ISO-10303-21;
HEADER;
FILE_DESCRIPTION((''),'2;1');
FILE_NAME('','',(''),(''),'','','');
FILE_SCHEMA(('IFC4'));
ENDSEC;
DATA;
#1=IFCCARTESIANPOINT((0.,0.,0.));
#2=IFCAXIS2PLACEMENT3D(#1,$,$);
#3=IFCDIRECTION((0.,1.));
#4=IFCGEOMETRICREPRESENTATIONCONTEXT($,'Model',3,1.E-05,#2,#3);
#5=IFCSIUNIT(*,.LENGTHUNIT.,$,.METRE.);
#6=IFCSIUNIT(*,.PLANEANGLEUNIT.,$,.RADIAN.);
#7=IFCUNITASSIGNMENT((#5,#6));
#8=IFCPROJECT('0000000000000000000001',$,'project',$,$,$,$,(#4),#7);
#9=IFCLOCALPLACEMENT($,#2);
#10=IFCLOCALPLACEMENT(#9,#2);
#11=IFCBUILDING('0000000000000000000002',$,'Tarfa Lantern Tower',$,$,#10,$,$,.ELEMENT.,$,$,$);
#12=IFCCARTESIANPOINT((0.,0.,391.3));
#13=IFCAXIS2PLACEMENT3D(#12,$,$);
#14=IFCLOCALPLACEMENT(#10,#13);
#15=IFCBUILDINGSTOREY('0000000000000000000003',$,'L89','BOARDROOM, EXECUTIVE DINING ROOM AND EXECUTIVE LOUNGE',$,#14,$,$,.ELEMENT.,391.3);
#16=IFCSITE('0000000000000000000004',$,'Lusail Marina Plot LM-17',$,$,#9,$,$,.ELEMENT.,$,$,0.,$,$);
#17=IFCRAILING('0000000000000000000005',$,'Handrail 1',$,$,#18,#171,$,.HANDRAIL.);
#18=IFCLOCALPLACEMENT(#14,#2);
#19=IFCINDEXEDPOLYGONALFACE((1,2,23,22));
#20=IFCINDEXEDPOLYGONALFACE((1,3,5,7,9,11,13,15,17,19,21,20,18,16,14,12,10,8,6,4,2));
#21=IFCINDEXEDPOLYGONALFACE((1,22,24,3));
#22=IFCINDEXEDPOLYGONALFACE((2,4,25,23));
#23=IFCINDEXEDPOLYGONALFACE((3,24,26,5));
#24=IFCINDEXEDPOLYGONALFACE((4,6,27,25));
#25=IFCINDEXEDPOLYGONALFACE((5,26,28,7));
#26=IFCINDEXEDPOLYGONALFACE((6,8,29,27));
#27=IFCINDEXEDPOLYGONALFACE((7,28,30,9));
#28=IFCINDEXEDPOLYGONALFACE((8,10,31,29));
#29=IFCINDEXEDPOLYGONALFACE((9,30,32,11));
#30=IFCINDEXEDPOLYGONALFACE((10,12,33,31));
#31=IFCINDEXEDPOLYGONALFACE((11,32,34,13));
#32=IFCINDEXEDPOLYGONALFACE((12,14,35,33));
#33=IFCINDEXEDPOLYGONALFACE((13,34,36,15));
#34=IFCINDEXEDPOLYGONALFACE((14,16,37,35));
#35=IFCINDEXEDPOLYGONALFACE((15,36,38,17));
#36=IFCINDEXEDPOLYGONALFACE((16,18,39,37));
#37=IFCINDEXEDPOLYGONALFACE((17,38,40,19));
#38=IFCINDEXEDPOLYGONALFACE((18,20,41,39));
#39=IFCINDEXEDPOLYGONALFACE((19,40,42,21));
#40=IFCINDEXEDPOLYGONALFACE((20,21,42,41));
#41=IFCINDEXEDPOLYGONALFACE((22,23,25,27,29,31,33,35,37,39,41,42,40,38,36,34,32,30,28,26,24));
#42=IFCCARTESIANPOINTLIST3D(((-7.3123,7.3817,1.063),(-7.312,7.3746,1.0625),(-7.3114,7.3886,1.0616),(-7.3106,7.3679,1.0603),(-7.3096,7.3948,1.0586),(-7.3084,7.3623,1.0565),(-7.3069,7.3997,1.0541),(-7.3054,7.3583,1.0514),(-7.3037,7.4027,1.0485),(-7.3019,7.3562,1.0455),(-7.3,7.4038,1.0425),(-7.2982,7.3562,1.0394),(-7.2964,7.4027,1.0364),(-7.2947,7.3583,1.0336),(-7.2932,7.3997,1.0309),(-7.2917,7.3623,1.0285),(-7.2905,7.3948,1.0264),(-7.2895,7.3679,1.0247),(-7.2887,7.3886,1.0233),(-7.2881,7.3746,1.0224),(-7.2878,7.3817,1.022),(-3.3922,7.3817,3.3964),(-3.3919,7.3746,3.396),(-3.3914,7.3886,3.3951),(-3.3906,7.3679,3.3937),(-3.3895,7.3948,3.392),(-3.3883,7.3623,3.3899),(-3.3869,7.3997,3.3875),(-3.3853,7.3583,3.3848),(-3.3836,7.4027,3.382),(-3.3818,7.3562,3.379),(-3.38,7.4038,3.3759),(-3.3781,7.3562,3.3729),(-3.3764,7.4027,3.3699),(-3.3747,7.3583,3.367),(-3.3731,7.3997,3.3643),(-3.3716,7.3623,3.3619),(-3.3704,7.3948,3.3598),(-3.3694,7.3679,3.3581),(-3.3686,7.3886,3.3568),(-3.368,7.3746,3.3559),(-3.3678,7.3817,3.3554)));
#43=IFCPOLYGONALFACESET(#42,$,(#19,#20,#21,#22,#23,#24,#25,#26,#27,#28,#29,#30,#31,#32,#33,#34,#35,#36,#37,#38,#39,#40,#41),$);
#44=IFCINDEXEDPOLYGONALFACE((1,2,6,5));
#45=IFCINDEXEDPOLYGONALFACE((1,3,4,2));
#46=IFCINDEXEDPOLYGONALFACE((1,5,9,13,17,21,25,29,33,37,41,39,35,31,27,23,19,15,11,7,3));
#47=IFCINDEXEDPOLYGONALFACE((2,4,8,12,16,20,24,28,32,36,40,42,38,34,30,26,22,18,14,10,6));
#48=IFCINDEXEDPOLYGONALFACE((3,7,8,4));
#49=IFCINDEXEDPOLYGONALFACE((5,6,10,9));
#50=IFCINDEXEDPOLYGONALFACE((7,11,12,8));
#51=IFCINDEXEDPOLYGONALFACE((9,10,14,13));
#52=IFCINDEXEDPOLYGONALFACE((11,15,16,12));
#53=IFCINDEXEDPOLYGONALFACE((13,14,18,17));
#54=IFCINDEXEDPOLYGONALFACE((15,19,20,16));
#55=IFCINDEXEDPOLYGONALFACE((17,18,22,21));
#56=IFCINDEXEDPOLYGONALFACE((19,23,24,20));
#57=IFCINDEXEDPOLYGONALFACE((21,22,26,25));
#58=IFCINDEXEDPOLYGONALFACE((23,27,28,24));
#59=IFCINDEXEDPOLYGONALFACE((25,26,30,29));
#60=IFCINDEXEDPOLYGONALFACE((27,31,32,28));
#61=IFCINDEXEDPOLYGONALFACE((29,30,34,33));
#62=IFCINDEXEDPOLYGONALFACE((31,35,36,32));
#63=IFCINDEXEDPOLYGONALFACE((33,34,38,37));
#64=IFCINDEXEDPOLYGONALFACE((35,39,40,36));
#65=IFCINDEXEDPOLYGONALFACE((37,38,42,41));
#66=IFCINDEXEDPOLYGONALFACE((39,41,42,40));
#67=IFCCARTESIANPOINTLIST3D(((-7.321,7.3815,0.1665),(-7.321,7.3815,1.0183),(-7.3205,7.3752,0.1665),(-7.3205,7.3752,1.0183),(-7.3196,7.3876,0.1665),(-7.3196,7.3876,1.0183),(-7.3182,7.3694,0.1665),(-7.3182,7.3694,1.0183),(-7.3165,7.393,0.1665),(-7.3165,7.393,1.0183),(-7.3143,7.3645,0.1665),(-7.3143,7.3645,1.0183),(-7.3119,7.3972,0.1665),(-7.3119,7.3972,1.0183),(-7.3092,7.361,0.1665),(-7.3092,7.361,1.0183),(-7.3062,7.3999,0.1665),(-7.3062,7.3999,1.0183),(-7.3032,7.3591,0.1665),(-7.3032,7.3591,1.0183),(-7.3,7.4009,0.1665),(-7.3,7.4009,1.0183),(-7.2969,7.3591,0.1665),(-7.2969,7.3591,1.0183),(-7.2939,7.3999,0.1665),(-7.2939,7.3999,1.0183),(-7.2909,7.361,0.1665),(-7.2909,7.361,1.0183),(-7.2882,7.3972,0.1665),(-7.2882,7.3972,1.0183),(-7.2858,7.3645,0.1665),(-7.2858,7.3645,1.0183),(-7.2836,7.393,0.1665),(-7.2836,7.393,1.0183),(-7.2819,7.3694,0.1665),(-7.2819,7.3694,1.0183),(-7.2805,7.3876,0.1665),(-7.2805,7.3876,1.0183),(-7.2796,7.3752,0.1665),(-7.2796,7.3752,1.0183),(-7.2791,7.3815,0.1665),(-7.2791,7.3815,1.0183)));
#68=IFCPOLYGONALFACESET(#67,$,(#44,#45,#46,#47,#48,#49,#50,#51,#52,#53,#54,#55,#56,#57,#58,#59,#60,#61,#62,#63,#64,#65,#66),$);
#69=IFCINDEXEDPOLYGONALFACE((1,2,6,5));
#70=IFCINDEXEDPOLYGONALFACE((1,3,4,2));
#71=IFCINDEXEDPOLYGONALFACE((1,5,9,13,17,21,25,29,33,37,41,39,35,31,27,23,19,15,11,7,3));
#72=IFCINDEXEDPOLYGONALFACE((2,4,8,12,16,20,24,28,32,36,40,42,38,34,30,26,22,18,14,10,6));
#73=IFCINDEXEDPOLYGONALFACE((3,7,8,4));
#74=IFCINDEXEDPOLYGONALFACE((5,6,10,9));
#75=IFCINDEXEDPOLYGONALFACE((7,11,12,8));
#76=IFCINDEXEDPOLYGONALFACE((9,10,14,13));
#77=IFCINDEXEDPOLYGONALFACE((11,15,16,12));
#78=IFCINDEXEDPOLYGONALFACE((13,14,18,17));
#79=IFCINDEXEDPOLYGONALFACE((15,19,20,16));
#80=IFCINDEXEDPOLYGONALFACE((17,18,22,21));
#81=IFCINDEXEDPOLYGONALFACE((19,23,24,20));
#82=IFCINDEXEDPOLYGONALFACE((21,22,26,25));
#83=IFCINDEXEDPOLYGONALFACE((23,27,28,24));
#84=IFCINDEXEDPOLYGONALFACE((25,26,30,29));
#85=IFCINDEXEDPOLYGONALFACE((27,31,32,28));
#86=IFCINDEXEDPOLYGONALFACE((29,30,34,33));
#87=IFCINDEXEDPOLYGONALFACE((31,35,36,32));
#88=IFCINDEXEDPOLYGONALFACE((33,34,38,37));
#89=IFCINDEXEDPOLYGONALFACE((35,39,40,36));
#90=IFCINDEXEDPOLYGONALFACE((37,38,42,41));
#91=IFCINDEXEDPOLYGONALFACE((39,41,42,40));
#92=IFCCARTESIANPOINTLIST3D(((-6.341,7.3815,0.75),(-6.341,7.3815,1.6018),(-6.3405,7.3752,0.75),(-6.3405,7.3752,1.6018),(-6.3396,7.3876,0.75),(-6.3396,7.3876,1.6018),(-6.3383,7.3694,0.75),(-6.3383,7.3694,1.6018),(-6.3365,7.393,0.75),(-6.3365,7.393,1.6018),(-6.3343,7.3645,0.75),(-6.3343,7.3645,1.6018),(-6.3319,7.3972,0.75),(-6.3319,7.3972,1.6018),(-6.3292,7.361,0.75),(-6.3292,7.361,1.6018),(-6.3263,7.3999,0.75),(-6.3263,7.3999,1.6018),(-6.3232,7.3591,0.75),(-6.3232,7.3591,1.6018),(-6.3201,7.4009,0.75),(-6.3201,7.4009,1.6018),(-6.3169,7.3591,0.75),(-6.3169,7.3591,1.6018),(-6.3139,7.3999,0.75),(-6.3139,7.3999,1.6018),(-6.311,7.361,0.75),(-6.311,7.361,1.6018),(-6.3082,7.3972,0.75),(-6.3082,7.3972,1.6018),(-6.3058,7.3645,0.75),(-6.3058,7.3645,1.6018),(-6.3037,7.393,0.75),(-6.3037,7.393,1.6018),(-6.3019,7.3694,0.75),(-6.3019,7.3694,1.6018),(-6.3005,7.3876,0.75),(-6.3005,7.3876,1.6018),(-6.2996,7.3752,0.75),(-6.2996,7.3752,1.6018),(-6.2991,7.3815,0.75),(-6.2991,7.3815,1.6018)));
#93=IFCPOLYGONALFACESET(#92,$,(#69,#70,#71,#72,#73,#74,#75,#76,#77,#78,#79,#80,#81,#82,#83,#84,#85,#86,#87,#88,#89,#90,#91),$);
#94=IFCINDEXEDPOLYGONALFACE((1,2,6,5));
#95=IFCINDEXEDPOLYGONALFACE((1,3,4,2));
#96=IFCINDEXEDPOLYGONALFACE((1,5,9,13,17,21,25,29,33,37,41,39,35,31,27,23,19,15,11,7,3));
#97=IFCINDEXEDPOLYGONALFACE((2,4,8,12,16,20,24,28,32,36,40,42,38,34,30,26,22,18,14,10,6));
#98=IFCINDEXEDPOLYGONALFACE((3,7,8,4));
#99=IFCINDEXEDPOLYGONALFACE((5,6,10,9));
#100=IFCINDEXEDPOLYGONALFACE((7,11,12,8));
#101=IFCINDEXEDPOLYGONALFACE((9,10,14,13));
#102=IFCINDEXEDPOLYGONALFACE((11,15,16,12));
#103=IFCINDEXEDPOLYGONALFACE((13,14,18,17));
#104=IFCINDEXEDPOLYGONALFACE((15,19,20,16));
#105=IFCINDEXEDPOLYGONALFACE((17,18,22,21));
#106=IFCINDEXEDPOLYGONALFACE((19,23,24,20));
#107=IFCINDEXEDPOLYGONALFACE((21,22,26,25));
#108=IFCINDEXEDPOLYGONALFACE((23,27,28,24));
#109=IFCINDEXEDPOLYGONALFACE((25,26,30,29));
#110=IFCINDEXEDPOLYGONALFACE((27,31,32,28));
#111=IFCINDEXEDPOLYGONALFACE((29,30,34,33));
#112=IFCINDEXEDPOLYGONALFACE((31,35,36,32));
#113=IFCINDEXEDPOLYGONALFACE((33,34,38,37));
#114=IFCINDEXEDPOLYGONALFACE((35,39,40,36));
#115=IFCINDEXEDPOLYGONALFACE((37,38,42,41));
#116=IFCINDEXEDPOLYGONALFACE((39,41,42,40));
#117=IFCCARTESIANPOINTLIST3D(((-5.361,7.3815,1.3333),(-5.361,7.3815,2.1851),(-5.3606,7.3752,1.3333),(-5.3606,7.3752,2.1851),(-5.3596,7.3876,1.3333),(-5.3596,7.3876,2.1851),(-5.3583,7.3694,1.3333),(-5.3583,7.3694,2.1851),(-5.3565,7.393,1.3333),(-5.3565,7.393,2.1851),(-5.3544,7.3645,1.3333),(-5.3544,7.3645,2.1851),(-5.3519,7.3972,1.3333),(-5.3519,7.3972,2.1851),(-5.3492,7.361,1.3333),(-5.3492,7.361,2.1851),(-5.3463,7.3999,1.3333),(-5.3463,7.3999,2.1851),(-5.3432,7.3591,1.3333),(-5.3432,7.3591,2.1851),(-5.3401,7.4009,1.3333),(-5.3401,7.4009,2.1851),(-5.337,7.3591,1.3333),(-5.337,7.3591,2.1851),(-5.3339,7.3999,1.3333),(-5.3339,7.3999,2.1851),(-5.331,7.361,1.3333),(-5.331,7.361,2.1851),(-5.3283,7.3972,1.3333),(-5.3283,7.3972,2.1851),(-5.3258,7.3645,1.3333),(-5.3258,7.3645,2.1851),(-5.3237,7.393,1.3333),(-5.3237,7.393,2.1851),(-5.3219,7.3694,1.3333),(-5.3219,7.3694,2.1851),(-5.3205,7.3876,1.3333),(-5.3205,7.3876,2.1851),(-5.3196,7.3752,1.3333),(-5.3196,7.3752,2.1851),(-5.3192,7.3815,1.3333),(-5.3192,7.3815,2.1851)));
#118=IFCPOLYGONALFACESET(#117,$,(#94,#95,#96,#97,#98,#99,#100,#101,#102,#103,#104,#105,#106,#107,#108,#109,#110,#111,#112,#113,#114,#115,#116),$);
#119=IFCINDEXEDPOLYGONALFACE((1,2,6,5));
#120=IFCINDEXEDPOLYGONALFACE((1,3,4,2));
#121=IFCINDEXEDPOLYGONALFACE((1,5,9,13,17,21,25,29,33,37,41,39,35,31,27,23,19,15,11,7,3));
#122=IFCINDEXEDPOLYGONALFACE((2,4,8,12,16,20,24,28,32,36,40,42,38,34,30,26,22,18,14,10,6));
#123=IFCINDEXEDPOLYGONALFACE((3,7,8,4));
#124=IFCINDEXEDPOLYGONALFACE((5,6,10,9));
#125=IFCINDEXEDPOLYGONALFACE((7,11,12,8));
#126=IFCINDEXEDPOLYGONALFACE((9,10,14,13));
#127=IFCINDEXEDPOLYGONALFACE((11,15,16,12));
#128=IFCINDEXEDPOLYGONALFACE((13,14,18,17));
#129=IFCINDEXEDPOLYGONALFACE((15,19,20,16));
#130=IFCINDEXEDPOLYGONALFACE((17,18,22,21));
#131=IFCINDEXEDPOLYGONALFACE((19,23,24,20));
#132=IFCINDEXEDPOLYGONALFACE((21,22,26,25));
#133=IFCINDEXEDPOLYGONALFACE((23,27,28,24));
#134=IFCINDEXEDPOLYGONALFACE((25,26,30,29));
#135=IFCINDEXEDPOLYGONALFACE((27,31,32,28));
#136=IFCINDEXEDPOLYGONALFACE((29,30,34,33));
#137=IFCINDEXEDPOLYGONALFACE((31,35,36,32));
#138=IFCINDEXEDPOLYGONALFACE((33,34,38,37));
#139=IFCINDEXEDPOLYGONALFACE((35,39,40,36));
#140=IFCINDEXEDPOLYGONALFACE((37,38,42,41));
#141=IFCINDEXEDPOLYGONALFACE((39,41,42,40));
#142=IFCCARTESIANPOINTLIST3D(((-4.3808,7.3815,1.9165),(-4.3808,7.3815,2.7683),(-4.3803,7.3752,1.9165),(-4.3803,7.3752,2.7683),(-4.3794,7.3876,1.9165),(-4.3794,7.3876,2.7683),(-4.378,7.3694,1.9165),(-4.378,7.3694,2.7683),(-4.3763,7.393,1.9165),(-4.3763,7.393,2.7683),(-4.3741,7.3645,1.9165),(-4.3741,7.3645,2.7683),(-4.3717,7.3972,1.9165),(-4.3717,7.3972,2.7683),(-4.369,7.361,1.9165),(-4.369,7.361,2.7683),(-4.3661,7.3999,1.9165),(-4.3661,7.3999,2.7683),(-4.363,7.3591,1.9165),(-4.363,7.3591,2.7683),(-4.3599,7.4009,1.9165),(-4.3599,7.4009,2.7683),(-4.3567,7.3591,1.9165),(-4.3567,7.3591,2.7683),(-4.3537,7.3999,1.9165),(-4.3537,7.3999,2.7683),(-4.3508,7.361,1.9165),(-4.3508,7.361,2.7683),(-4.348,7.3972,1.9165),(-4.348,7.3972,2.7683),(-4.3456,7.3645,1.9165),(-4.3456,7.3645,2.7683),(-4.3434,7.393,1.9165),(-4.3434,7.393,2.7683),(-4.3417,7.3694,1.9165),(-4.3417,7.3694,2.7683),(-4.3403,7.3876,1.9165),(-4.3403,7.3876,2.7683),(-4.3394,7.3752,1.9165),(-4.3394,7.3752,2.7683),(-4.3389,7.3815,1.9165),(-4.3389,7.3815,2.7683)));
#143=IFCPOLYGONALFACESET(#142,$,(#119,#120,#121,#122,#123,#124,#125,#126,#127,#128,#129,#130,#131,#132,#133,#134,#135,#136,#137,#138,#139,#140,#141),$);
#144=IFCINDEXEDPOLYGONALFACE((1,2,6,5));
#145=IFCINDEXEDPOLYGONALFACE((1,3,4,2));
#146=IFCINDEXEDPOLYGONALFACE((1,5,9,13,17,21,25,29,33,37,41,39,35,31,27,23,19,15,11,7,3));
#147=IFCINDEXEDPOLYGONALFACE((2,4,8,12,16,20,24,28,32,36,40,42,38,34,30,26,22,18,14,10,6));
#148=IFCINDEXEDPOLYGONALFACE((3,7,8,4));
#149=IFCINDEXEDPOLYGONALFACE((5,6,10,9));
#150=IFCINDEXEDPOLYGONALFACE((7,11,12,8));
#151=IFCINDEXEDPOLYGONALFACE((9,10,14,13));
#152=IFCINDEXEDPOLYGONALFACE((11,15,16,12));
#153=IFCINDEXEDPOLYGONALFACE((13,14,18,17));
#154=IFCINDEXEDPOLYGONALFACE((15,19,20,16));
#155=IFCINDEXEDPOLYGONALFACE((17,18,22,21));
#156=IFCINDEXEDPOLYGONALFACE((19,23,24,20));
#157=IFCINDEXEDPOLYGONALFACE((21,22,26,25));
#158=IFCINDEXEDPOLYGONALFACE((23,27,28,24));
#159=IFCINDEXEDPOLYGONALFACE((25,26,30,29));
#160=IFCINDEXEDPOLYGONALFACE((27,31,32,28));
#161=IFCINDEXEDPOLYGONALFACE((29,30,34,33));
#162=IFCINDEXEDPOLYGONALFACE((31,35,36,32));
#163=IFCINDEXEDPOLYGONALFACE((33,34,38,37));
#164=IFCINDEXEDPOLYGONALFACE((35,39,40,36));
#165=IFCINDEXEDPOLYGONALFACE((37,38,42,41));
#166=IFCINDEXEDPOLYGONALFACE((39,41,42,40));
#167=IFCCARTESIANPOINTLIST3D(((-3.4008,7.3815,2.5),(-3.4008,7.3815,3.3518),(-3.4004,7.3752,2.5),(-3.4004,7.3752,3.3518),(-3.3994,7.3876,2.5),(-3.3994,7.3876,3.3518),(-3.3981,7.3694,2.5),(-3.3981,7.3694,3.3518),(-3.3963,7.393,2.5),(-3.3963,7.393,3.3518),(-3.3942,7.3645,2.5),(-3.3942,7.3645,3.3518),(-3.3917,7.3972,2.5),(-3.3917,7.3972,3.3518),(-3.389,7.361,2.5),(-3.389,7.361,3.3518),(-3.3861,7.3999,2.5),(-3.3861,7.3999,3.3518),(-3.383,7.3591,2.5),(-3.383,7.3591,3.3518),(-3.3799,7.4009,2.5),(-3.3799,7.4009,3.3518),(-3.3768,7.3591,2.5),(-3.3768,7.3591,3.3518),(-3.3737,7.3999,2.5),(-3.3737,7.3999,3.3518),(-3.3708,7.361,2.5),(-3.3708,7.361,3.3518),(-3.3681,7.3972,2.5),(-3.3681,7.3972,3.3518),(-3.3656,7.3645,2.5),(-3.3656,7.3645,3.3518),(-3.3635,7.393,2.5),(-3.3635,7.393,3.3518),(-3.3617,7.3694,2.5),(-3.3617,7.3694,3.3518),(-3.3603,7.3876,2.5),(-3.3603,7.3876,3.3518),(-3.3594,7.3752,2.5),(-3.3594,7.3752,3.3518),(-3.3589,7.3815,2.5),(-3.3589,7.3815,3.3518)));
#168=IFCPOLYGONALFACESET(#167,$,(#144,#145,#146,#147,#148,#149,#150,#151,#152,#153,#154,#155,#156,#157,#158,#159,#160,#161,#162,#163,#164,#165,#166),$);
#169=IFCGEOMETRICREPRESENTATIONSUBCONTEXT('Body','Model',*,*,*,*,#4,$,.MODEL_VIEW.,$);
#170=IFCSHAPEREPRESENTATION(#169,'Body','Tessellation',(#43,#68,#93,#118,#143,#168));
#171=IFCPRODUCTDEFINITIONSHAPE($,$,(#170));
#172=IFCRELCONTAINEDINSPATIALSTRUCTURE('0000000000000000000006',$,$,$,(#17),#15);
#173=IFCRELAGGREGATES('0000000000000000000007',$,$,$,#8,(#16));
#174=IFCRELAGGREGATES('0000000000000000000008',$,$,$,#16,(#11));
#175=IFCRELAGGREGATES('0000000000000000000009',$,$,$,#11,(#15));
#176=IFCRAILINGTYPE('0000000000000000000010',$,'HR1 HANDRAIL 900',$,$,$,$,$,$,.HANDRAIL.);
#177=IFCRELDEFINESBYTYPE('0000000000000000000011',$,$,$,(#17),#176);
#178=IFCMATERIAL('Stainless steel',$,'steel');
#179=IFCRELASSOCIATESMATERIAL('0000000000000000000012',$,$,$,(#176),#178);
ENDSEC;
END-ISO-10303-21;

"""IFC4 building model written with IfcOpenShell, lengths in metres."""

from ifc_helpers import new_model, si_unit, direction, frame, origin, origin_2d, place, context, subcontext, project, spatial, circle, extrude, material, type_object, element, save


model = new_model("IFC4")

# Units and contexts
model_context = context("Model", 3, precision=1e-05, world=origin(), true_north=direction((0.0, 1.0)))
body_context = subcontext(model_context, "Body", "Model", "MODEL_VIEW")
ifc_project = project(units=[si_unit("LENGTHUNIT", "METRE"), si_unit("PLANEANGLEUNIT", "RADIAN")], contexts=[model_context])

# Site, building, storey
site_placement = place(None, origin())
site = spatial("IfcSite", under=ifc_project, at=site_placement, Name="Lusail Marina Plot LM-17", CompositionType="ELEMENT", RefElevation=0.0)
building_placement = place(site_placement, origin())
building = spatial("IfcBuilding", under=site, at=building_placement, Name="Tarfa Lantern Tower", CompositionType="ELEMENT")
storey_placement = place(building_placement, frame((0.0, 0.0, 391.3)))
storey = spatial("IfcBuildingStorey", under=building, at=storey_placement, Name="L89", Description="BOARDROOM, EXECUTIVE DINING ROOM AND EXECUTIVE LOUNGE", CompositionType="ELEMENT", Elevation=391.3)

# Railing
ifc_material_1 = material(Name="Stainless steel", Category="steel")
railing_type = type_object("IfcRailingType", Name="HR1 HANDRAIL 900", PredefinedType="HANDRAIL", material=ifc_material_1)
railing_1_placement = place(storey_placement, frame((-7.3, 7.3799, 0.1665)))
element("IfcRailing", 1, at=railing_1_placement, inside=storey, type_object=railing_type, Name="Handrail 1", PredefinedType="HANDRAIL", context=body_context, shape_type="SweptSolid", body=[
    extrude(circle(Radius=0.0239, at=origin_2d()), frame((0.0, 0.0, 0.876), z_axis=(0.859287, 0.0, 0.511494), x_axis=(0.0, 1.0, 0.0)), (0.0, 0.0, 1.0), 4.562),
    extrude(circle(Radius=0.021, at=origin_2d()), frame((0.0, 0.0, 0.0), z_axis=(0.0, 0.0, 1.0), x_axis=(0.0, 1.0, 0.0)), (0.0, 0.0, 1.0), 0.8518),
    extrude(circle(Radius=0.021, at=origin_2d()), frame((0.98, 0.0, 0.5835), z_axis=(0.0, 0.0, 1.0), x_axis=(0.0, 1.0, 0.0)), (0.0, 0.0, 1.0), 0.8518),
    extrude(circle(Radius=0.021, at=origin_2d()), frame((1.96, 0.0, 1.1667), z_axis=(0.0, 0.0, 1.0), x_axis=(0.0, 1.0, 0.0)), (0.0, 0.0, 1.0), 0.8518),
    extrude(circle(Radius=0.021, at=origin_2d()), frame((2.9402, 0.0, 1.75), z_axis=(0.0, 0.0, 1.0), x_axis=(0.0, 1.0, 0.0)), (0.0, 0.0, 1.0), 0.8518),
    extrude(circle(Radius=0.021, at=origin_2d()), frame((3.9202, 0.0, 2.3335), z_axis=(0.0, 0.0, 1.0), x_axis=(0.0, 1.0, 0.0)), (0.0, 0.0, 1.0), 0.8518),
])

save(model, "model.ifc")
